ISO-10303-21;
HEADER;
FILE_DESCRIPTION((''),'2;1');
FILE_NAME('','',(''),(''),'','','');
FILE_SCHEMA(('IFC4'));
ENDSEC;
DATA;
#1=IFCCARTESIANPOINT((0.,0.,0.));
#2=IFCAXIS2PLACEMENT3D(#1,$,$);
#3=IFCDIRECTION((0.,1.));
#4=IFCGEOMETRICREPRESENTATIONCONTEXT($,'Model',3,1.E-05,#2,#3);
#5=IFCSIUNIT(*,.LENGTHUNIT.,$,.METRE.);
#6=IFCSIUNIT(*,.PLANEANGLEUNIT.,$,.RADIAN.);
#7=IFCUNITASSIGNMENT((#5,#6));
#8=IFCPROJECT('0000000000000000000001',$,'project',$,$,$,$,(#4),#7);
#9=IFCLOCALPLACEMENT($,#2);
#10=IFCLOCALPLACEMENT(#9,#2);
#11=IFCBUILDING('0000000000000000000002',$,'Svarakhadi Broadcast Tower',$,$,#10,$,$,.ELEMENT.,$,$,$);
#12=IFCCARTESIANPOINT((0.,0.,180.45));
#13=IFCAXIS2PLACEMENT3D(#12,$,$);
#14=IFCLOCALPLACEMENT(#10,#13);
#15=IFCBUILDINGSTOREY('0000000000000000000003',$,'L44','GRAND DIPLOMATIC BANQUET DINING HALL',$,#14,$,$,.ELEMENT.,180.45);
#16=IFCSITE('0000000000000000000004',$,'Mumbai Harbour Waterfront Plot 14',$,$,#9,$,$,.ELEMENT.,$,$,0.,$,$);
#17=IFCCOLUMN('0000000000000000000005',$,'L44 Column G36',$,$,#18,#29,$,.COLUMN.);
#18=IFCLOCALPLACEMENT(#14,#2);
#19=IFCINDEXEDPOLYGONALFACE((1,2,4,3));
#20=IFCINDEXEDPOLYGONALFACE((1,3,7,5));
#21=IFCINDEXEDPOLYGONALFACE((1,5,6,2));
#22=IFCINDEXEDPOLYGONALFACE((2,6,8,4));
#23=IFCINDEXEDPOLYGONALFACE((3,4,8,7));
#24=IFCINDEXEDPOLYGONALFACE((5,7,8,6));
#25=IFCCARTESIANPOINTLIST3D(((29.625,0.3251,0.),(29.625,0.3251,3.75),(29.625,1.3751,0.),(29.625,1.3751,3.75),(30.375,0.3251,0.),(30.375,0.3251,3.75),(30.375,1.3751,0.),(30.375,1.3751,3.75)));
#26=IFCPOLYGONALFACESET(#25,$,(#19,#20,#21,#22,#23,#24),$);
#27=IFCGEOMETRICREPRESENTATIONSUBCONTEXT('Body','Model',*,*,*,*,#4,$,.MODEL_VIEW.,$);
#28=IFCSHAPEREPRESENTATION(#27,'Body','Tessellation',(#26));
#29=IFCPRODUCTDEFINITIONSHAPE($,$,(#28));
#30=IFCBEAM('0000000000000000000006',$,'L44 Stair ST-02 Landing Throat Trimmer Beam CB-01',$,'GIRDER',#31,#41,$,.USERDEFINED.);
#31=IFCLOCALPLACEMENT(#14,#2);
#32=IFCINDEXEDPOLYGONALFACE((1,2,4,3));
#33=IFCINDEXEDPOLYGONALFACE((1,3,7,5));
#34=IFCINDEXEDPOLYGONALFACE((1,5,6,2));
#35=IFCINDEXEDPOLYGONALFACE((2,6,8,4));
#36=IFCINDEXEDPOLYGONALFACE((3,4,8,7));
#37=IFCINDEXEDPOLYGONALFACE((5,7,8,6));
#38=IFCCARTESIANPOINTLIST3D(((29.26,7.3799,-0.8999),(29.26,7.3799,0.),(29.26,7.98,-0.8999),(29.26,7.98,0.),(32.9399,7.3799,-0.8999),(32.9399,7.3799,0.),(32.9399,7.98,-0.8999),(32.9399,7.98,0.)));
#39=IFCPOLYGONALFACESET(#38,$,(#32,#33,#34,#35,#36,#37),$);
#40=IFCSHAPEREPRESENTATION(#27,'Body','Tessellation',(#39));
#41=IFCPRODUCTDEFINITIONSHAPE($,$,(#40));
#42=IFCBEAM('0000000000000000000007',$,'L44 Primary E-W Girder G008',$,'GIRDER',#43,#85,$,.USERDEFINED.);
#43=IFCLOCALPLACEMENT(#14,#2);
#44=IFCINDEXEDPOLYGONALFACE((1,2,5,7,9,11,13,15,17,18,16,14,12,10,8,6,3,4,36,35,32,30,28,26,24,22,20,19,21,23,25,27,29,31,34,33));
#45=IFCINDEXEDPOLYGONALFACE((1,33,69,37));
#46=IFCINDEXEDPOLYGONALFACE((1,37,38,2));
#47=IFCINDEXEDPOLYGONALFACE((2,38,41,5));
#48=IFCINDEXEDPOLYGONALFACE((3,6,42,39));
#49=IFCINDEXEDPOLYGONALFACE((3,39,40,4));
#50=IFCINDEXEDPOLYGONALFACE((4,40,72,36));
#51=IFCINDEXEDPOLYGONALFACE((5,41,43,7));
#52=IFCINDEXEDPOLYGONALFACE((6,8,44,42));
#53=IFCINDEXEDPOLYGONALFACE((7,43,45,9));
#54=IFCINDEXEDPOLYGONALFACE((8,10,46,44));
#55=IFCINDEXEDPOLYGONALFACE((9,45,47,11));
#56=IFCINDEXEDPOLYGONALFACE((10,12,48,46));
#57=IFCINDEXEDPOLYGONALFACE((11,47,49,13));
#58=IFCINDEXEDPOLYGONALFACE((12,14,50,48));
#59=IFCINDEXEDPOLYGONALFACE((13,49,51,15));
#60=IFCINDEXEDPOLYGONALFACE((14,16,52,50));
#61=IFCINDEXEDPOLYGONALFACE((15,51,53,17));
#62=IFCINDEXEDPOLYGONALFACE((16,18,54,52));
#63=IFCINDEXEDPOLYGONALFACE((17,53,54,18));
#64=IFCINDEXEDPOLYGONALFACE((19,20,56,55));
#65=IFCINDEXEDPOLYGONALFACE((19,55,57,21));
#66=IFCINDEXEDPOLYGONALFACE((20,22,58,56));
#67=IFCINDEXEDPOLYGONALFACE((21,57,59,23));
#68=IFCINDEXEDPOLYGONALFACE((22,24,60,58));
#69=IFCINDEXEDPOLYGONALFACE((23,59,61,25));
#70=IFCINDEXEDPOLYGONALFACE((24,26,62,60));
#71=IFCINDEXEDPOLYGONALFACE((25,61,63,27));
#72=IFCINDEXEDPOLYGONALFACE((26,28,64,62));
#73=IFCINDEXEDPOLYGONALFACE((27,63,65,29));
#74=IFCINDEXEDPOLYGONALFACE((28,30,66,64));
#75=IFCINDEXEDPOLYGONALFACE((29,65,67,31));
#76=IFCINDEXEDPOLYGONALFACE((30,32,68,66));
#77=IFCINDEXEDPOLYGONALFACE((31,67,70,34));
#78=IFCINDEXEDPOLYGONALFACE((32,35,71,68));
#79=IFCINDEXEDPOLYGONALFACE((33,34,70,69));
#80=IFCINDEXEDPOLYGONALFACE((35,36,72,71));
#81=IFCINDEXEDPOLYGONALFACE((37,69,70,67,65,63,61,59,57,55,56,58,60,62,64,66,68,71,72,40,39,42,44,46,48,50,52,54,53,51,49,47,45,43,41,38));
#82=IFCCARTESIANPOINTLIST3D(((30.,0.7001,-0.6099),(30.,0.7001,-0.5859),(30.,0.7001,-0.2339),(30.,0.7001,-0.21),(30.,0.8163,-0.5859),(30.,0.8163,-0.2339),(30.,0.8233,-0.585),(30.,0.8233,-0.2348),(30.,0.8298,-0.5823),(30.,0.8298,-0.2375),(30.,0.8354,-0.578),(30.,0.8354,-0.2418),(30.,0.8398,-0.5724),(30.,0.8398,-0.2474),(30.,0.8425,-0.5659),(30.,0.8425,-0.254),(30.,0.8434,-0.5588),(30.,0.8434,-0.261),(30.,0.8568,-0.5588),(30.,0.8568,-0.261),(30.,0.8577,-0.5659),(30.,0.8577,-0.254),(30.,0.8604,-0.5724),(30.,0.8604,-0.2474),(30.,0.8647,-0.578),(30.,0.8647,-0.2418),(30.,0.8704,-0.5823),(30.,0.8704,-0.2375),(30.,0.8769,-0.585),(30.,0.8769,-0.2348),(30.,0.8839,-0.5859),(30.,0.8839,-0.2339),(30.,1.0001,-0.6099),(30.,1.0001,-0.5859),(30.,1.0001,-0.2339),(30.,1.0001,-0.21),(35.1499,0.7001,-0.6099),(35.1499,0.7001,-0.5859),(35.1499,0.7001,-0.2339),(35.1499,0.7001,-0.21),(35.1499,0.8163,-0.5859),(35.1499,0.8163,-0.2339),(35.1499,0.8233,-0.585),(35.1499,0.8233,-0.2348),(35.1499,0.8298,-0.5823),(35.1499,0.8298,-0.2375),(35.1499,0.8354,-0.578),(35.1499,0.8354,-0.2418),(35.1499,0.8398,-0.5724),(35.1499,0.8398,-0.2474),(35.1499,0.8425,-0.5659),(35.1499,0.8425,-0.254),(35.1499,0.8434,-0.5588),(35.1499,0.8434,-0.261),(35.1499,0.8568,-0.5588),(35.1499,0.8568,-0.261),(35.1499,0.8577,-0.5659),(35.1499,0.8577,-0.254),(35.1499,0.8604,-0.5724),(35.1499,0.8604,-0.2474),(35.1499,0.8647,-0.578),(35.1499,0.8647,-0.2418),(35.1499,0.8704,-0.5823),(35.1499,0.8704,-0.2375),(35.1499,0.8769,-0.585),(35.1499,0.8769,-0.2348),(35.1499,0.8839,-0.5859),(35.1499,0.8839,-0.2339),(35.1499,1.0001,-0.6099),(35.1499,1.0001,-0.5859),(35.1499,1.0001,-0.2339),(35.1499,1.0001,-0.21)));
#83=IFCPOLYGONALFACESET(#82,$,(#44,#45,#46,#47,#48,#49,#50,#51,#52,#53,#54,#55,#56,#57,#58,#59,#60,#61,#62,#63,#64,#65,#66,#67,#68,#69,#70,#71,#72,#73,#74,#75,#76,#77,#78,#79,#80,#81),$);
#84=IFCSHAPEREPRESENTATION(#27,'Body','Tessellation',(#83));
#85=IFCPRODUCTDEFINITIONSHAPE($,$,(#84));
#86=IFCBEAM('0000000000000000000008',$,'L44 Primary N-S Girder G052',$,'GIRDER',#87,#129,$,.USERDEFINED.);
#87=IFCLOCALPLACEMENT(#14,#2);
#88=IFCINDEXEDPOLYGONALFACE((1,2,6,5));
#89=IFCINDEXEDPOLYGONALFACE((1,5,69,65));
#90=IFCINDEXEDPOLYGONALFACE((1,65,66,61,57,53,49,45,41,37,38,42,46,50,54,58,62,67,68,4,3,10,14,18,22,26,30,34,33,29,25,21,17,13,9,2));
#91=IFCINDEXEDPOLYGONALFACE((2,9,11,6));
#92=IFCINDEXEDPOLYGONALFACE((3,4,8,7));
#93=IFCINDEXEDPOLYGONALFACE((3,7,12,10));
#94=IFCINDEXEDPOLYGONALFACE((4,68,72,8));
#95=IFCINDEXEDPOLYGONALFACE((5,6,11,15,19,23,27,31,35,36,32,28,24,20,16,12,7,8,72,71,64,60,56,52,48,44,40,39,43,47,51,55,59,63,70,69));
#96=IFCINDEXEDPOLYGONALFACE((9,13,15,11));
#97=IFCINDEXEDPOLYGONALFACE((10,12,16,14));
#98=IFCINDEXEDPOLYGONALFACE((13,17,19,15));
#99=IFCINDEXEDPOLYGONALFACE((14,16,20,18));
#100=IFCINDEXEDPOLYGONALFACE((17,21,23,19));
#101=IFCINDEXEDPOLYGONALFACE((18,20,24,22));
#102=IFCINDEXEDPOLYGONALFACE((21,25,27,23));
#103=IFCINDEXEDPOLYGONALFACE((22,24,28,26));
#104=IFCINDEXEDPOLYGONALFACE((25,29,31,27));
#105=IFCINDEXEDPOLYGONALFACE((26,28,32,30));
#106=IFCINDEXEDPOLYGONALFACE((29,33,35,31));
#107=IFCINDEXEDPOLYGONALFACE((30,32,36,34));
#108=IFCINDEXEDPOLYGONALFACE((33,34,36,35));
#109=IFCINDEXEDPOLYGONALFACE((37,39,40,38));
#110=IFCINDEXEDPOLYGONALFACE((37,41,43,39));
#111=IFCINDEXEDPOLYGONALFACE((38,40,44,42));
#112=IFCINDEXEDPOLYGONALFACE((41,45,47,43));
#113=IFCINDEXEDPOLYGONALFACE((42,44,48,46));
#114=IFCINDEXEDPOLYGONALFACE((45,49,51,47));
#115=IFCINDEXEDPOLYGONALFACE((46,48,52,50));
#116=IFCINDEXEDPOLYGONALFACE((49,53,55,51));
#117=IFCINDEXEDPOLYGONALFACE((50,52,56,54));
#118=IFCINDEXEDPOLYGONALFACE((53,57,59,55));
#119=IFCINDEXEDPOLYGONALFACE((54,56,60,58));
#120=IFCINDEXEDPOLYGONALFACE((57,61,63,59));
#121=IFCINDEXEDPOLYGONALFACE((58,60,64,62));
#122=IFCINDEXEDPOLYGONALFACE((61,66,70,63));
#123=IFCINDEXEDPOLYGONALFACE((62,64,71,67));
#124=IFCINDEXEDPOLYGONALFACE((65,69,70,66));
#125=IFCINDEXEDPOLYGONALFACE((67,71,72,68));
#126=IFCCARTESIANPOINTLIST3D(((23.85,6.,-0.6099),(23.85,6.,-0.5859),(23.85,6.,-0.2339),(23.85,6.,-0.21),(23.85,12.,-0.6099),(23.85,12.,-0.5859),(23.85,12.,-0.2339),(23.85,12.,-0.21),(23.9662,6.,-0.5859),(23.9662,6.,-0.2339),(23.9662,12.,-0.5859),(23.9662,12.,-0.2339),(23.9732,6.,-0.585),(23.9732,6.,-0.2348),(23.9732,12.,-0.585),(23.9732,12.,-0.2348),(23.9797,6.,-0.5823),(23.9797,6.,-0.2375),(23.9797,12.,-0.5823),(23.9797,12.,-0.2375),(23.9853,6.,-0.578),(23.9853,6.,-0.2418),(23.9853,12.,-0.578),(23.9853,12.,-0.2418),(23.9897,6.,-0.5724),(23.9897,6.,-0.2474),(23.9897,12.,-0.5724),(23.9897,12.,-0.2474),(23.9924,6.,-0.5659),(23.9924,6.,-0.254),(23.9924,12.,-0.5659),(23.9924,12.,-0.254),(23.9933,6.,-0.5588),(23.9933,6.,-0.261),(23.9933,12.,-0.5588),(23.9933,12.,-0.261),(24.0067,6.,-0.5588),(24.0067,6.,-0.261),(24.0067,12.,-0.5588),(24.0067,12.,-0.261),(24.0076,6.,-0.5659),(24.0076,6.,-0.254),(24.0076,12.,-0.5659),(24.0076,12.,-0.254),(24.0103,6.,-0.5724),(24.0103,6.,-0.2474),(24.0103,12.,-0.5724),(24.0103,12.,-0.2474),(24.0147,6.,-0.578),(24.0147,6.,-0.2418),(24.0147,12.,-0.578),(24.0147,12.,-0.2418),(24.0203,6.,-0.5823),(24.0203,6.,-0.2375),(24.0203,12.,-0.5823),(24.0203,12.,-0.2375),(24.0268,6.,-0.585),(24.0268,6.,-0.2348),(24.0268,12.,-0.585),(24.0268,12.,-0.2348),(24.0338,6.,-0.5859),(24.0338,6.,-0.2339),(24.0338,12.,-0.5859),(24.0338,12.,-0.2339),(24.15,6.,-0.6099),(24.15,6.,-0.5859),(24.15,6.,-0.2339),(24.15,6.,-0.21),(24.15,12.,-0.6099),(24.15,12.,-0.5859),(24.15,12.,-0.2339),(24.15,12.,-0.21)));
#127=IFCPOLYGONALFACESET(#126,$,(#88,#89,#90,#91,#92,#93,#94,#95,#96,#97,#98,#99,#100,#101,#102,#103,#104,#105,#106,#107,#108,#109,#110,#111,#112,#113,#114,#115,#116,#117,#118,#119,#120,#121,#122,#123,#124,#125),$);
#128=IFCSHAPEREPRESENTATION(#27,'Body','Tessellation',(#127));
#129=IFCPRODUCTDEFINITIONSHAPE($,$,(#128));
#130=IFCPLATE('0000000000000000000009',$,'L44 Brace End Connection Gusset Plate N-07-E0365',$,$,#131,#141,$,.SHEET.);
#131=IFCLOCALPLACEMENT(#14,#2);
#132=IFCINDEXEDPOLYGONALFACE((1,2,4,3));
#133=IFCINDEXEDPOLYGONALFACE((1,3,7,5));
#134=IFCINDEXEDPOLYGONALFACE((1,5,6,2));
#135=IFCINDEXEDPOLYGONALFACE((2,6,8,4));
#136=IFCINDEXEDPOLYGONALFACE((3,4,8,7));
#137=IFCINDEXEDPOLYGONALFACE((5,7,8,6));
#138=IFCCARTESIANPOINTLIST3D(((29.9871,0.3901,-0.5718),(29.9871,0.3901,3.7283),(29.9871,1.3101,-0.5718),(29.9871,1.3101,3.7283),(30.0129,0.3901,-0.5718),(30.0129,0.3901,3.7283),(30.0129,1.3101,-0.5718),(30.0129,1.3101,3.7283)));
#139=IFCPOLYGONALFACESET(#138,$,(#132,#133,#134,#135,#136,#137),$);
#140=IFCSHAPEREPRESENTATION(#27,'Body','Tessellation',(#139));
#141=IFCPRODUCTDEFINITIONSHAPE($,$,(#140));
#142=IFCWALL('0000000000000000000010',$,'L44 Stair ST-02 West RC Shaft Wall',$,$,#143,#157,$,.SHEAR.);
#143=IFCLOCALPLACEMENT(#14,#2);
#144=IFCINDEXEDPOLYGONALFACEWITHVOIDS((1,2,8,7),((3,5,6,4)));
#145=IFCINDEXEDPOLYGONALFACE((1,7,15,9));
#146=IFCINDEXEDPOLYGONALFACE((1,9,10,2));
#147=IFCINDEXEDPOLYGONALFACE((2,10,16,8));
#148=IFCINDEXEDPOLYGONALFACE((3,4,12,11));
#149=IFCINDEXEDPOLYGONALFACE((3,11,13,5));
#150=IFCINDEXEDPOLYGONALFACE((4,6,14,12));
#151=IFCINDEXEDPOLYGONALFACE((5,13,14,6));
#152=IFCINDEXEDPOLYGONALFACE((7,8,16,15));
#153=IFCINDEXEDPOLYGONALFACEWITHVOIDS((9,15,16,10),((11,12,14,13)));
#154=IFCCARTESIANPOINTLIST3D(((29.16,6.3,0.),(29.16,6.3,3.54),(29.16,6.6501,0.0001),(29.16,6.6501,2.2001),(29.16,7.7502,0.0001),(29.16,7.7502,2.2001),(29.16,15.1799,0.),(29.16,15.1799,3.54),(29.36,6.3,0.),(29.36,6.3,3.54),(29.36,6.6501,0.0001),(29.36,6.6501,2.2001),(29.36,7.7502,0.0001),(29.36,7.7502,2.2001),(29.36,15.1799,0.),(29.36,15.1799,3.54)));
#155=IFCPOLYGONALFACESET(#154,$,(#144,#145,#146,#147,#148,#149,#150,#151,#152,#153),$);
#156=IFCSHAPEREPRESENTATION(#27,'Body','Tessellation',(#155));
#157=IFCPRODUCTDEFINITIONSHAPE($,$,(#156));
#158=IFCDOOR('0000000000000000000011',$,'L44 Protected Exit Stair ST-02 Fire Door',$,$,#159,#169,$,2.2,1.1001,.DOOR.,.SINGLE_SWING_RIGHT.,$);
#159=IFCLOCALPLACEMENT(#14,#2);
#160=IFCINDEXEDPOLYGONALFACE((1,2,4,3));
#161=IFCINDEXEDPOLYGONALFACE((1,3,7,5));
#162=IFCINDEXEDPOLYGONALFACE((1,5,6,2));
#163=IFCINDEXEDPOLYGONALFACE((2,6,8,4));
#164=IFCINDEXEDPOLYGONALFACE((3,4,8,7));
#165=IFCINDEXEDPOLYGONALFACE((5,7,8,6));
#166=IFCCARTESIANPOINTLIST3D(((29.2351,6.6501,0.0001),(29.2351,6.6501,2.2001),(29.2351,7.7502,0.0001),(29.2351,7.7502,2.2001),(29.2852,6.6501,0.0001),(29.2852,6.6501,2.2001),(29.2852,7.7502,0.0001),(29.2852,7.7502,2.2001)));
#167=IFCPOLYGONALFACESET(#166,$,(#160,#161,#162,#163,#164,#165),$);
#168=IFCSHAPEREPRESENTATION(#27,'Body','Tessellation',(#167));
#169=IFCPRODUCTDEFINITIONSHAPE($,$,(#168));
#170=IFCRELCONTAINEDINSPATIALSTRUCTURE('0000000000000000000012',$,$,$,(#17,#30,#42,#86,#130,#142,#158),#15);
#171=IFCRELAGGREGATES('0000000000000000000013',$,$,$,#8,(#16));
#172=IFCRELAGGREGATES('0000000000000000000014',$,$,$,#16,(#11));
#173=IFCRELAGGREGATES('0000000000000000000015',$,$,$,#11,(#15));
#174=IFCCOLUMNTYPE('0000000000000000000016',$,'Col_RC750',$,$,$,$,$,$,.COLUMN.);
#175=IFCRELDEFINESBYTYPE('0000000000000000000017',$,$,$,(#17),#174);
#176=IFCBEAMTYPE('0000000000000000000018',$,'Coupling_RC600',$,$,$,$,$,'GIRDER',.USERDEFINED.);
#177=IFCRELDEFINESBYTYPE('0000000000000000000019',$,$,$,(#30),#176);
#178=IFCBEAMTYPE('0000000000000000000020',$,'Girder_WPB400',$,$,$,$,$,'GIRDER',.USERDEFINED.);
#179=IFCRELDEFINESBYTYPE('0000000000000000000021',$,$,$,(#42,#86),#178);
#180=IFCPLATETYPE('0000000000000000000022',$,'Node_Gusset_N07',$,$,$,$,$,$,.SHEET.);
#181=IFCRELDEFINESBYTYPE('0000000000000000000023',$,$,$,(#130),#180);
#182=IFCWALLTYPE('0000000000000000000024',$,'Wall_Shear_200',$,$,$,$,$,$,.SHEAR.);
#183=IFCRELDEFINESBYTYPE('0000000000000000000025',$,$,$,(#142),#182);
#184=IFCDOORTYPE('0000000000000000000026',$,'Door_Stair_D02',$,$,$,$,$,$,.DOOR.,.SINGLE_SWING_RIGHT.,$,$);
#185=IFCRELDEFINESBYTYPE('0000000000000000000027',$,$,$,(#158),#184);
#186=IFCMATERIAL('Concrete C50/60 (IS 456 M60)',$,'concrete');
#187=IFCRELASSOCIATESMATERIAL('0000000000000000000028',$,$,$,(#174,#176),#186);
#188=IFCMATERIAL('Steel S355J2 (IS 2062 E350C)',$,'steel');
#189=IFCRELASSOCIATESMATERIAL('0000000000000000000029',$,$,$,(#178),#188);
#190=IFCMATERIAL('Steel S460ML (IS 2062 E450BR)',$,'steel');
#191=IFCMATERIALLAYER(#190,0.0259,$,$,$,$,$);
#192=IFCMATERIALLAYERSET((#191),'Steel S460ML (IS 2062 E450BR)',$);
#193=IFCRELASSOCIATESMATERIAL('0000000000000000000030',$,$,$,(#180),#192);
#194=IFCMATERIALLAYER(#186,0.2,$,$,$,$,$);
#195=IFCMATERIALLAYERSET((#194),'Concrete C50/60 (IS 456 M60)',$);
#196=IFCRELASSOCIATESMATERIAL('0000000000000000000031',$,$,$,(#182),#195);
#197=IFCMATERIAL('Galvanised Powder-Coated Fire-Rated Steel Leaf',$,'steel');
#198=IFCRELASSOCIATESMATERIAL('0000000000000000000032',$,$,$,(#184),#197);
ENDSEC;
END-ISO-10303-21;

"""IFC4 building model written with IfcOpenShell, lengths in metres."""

from ifc_helpers import new_model, si_unit, direction, frame, frame_2d, origin, origin_2d, place, context, subcontext, project, spatial, rectangle, i_section, extrude, material, layer, layer_set, material_profile, profile_set, type_object, element, fill, save


model = new_model("IFC4")

# Units and contexts
model_context = context("Model", 3, precision=1e-05, world=origin(), true_north=direction((0.0, 1.0)))
body_context = subcontext(model_context, "Body", "Model", "MODEL_VIEW")
ifc_project = project(units=[si_unit("LENGTHUNIT", "METRE"), si_unit("PLANEANGLEUNIT", "RADIAN")], contexts=[model_context])

# Site, building, storey
site_placement = place(None, origin())
site = spatial("IfcSite", under=ifc_project, at=site_placement, Name="Mumbai Harbour Waterfront Plot 14", CompositionType="ELEMENT", RefElevation=0.0)
building_placement = place(site_placement, origin())
building = spatial("IfcBuilding", under=site, at=building_placement, Name="Svarakhadi Broadcast Tower", CompositionType="ELEMENT")
storey_placement = place(building_placement, frame((0.0, 0.0, 180.45)))
storey = spatial("IfcBuildingStorey", under=building, at=storey_placement, Name="L44", Description="GRAND DIPLOMATIC BANQUET DINING HALL", CompositionType="ELEMENT", Elevation=180.45)

# Column
ifc_material_1 = material(Name="Concrete C50/60 (IS 456 M60)", Category="concrete")
ifc_material_profile_1 = material_profile(ifc_material_1, rectangle(XDim=0.75, YDim=1.05, at=origin_2d()), Name="RC 750x1050")
ifc_profile_set_1 = profile_set([ifc_material_profile_1], Name="Concrete C50/60 (IS 456 M60)")
column_type = type_object("IfcColumnType", Name="Col_RC750", PredefinedType="COLUMN", material=ifc_profile_set_1)
column_placement = place(storey_placement, frame((30.0, 0.8501, 0.0), z_axis=(0.0, 0.0, 1.0), x_axis=(1.0, 0.0, 0.0)))
element("IfcColumn", 1, at=column_placement, inside=storey, type_object=column_type, Name="L44 Column G36", PredefinedType="COLUMN", context=body_context, shape_type="SweptSolid", body=[
    extrude(rectangle(XDim=0.75, YDim=1.05, at=origin_2d()), origin(), (0.0, 0.0, 1.0), 3.75),
])

# Beams
ifc_material_profile_2 = material_profile(ifc_material_1, rectangle(XDim=0.6001, YDim=0.8999, at=origin_2d()), Name="RC 600x900")
ifc_profile_set_2 = profile_set([ifc_material_profile_2], Name="Concrete C50/60 (IS 456 M60)")
beam_type_1 = type_object("IfcBeamType", Name="Coupling_RC600", ElementType="GIRDER", PredefinedType="USERDEFINED", material=ifc_profile_set_2)
beam_1_placement = place(storey_placement, frame((29.26, 7.6799, -0.45), z_axis=(1.0, 0.0, 0.0), x_axis=(0.0, 1.0, 0.0)))
element("IfcBeam", 2, at=beam_1_placement, inside=storey, type_object=beam_type_1, Name="L44 Stair ST-02 Landing Throat Trimmer Beam CB-01", ObjectType="GIRDER", PredefinedType="USERDEFINED", context=body_context, shape_type="SweptSolid", body=[
    extrude(rectangle(XDim=0.6001, YDim=0.8999, at=origin_2d()), origin(), (0.0, 0.0, 1.0), 3.6799),
])
ifc_material_2 = material(Name="Steel S355J2 (IS 2062 E350C)", Category="steel")
ifc_material_profile_3 = material_profile(ifc_material_2, i_section(OverallWidth=0.3, OverallDepth=0.3999, WebThickness=0.0134, FlangeThickness=0.0239, FilletRadius=0.0271, at=origin_2d()), Name="WPB 400x300x155")
ifc_profile_set_3 = profile_set([ifc_material_profile_3], Name="Steel S355J2 (IS 2062 E350C)")
beam_type_2 = type_object("IfcBeamType", Name="Girder_WPB400", ElementType="GIRDER", PredefinedType="USERDEFINED", material=ifc_profile_set_3)
beam_2_placement = place(storey_placement, frame((30.0, 0.8501, -0.4099), z_axis=(1.0, 0.0, 0.0), x_axis=(0.0, 1.0, 0.0)))
element("IfcBeam", 3, at=beam_2_placement, inside=storey, type_object=beam_type_2, Name="L44 Primary E-W Girder G008", ObjectType="GIRDER", PredefinedType="USERDEFINED", context=body_context, shape_type="SweptSolid", body=[
    extrude(i_section(OverallWidth=0.3, OverallDepth=0.3999, WebThickness=0.0134, FlangeThickness=0.0239, FilletRadius=0.0271, at=origin_2d()), origin(), (0.0, 0.0, 1.0), 5.1499),
])
beam_3_placement = place(storey_placement, frame((24.0, 6.0, -0.4099), z_axis=(0.0, 1.0, 0.0), x_axis=(-1.0, 0.0, 0.0)))
element("IfcBeam", 4, at=beam_3_placement, inside=storey, type_object=beam_type_2, Name="L44 Primary N-S Girder G052", ObjectType="GIRDER", PredefinedType="USERDEFINED", context=body_context, shape_type="SweptSolid", body=[
    extrude(i_section(OverallWidth=0.3, OverallDepth=0.3999, WebThickness=0.0134, FlangeThickness=0.0239, FilletRadius=0.0271, at=origin_2d()), origin(), (0.0, 0.0, 1.0), 6.0),
])

# Plate
ifc_material_3 = material(Name="Steel S460ML (IS 2062 E450BR)", Category="steel")
ifc_layer_1 = layer(ifc_material_3, 0.0259)
ifc_layer_set_1 = layer_set([ifc_layer_1], Name="Steel S460ML (IS 2062 E450BR)")
plate_type = type_object("IfcPlateType", Name="Node_Gusset_N07", PredefinedType="SHEET", material=ifc_layer_set_1)
plate_placement = place(storey_placement, frame((30.0, 0.8501, -0.5718), z_axis=(0.0, 0.0, 1.0), x_axis=(0.0, 1.0, 0.0)))
element("IfcPlate", 5, at=plate_placement, inside=storey, type_object=plate_type, Name="L44 Brace End Connection Gusset Plate N-07-E0365", PredefinedType="SHEET", context=body_context, shape_type="SweptSolid", body=[
    extrude(rectangle(XDim=0.9199, YDim=0.0259, at=origin_2d()), origin(), (0.0, 0.0, 1.0), 4.3),
])

# Wall, opening, door
ifc_layer_2 = layer(ifc_material_1, 0.2)
ifc_layer_set_2 = layer_set([ifc_layer_2], Name="Concrete C50/60 (IS 456 M60)")
wall_type_1 = type_object("IfcWallType", Name="Wall_Shear_200", PredefinedType="SHEAR", material=ifc_layer_set_2)
wall_1_placement = place(storey_placement, frame((29.26, 6.3, 0.0), z_axis=(0.0, 0.0, 1.0), x_axis=(0.0, 1.0, 0.0)))
wall_1 = element("IfcWall", 6, at=wall_1_placement, inside=storey, type_object=wall_type_1, Name="L44 Stair ST-02 West RC Shaft Wall", PredefinedType="SHEAR", context=body_context, shape_type="SweptSolid", body=[
    extrude(rectangle(XDim=8.8799, YDim=0.2, at=frame_2d((4.4399, 0.0))), origin(), (0.0, 0.0, 1.0), 3.54),
])
opening_1_placement = place(wall_1_placement, frame((0.3501, 0.0, 0.0)))
opening_1 = element("IfcOpeningElement", 7, at=opening_1_placement, cuts=wall_1, PredefinedType="OPENING", context=body_context, shape_type="SweptSolid", body=[
    extrude(rectangle(XDim=1.1001, YDim=2.2, at=frame_2d((0.55, 1.1001))), frame((0.0, 0.1099, 0.0), z_axis=(0.0, -1.0, 0.0), x_axis=(1.0, 0.0, 0.0)), (0.0, 0.0, 1.0), 0.22),
])
ifc_material_4 = material(Name="Galvanised Powder-Coated Fire-Rated Steel Leaf", Category="steel")
door_type_1 = type_object("IfcDoorType", Name="Door_Stair_D02", OperationType="SINGLE_SWING_RIGHT", PredefinedType="DOOR", material=ifc_material_4)
door_1_placement = place(opening_1_placement, origin())
door_1 = element("IfcDoor", 8, at=door_1_placement, inside=storey, type_object=door_type_1, Name="L44 Protected Exit Stair ST-02 Fire Door", OperationType="SINGLE_SWING_RIGHT", OverallHeight=2.2, OverallWidth=1.1001, PredefinedType="DOOR", context=body_context, shape_type="SweptSolid", body=[
    extrude(rectangle(XDim=1.1001, YDim=2.2, at=frame_2d((0.55, 1.1001))), frame((0.0, 0.0249, 0.0), z_axis=(0.0, -1.0, 0.0), x_axis=(1.0, 0.0, 0.0)), (0.0, 0.0, 1.0), 0.05),
])
fill(opening_1, door_1)

save(model, "model.ifc")
